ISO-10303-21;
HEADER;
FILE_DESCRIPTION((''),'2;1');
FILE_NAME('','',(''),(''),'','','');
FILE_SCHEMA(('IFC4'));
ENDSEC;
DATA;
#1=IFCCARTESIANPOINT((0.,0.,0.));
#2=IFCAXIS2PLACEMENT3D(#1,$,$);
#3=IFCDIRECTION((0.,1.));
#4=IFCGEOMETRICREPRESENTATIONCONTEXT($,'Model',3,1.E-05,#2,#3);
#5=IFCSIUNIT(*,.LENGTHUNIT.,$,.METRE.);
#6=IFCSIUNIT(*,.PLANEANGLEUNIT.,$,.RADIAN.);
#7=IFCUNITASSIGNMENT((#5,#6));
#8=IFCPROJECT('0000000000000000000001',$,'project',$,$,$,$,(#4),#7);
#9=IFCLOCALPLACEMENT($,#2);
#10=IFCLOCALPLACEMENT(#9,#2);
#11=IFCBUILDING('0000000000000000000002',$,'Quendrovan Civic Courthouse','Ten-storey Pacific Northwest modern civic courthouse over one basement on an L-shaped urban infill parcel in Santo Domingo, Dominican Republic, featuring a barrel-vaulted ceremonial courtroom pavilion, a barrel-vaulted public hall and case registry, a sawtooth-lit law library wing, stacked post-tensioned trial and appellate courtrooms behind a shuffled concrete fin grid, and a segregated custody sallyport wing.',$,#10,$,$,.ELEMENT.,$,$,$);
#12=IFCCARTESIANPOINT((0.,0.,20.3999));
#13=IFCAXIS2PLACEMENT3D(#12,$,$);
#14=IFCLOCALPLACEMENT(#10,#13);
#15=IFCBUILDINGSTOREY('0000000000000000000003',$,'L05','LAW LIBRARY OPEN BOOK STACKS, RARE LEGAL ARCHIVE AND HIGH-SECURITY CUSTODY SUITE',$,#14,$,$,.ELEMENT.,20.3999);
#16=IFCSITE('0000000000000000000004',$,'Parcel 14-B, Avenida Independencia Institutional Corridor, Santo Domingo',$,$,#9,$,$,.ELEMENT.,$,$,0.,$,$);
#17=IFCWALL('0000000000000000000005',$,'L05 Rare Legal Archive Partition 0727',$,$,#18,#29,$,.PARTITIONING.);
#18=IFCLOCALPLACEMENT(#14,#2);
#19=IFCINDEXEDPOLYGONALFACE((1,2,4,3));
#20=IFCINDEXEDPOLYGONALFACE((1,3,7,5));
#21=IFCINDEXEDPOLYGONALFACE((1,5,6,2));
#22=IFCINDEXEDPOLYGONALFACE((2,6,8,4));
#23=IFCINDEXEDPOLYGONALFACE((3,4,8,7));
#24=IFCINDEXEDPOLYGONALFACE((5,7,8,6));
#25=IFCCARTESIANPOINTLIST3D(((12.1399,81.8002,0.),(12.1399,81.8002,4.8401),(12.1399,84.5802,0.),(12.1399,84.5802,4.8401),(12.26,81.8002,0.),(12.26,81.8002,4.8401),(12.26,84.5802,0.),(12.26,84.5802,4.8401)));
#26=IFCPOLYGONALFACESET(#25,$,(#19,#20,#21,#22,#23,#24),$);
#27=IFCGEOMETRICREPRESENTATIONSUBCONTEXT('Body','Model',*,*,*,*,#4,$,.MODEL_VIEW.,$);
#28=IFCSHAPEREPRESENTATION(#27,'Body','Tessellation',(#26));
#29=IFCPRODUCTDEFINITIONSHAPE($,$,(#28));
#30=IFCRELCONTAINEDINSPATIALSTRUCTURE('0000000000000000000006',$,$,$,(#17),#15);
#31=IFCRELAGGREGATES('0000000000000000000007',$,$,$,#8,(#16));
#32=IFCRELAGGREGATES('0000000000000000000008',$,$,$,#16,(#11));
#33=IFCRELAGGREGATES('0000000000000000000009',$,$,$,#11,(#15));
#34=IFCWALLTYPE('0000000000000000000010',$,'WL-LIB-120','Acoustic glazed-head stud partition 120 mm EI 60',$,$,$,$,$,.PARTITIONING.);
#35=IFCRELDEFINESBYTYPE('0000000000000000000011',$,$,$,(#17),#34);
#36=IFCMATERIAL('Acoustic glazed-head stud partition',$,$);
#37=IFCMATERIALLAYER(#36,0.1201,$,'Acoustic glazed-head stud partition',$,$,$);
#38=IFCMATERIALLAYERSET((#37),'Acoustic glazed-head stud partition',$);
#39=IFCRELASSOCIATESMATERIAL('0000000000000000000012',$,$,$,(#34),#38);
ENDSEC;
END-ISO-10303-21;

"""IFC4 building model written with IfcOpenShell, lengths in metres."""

from ifc_helpers import new_model, si_unit, direction, frame, frame_2d, origin, place, context, subcontext, project, spatial, rectangle, extrude, material, layer, layer_set, type_object, element, save


model = new_model("IFC4")

# Units and contexts
model_context = context("Model", 3, precision=1e-05, world=origin(), true_north=direction((0.0, 1.0)))
body_context = subcontext(model_context, "Body", "Model", "MODEL_VIEW")
ifc_project = project(units=[si_unit("LENGTHUNIT", "METRE"), si_unit("PLANEANGLEUNIT", "RADIAN")], contexts=[model_context])

# Site, building, storey
site_placement = place(None, origin())
site = spatial("IfcSite", under=ifc_project, at=site_placement, Name="Parcel 14-B, Avenida Independencia Institutional Corridor, Santo Domingo", CompositionType="ELEMENT", RefElevation=0.0)
building_placement = place(site_placement, origin())
building = spatial("IfcBuilding", under=site, at=building_placement, Name="Quendrovan Civic Courthouse", Description="Ten-storey Pacific Northwest modern civic courthouse over one basement on an L-shaped urban infill parcel in Santo Domingo, Dominican Republic, featuring a barrel-vaulted ceremonial courtroom pavilion, a barrel-vaulted public hall and case registry, a sawtooth-lit law library wing, stacked post-tensioned trial and appellate courtrooms behind a shuffled concrete fin grid, and a segregated custody sallyport wing.", CompositionType="ELEMENT")
storey_placement = place(building_placement, frame((0.0, 0.0, 20.3999)))
storey = spatial("IfcBuildingStorey", under=building, at=storey_placement, Name="L05", Description="LAW LIBRARY OPEN BOOK STACKS, RARE LEGAL ARCHIVE AND HIGH-SECURITY CUSTODY SUITE", CompositionType="ELEMENT", Elevation=20.3999)

# Wall
ifc_material_1 = material(Name="Acoustic glazed-head stud partition")
ifc_layer_1 = layer(ifc_material_1, 0.1201, Name="Acoustic glazed-head stud partition")
ifc_layer_set_1 = layer_set([ifc_layer_1], Name="Acoustic glazed-head stud partition")
wall_type_1 = type_object("IfcWallType", Name="WL-LIB-120", Description="Acoustic glazed-head stud partition 120 mm EI 60", PredefinedType="PARTITIONING", material=ifc_layer_set_1)
wall_1_placement = place(storey_placement, frame((12.2, 81.8, 0.0), z_axis=(0.0, 0.0, 1.0), x_axis=(0.0, 1.0, 0.0)))
element("IfcWall", 1, at=wall_1_placement, inside=storey, type_object=wall_type_1, Name="L05 Rare Legal Archive Partition 0727", PredefinedType="PARTITIONING", context=body_context, shape_type="SweptSolid", body=[
    extrude(rectangle(XDim=2.78, YDim=0.1201, at=frame_2d((1.3901, 0.0))), origin(), (0.0, 0.0, 1.0), 4.8401),
])

save(model, "model.ifc")
